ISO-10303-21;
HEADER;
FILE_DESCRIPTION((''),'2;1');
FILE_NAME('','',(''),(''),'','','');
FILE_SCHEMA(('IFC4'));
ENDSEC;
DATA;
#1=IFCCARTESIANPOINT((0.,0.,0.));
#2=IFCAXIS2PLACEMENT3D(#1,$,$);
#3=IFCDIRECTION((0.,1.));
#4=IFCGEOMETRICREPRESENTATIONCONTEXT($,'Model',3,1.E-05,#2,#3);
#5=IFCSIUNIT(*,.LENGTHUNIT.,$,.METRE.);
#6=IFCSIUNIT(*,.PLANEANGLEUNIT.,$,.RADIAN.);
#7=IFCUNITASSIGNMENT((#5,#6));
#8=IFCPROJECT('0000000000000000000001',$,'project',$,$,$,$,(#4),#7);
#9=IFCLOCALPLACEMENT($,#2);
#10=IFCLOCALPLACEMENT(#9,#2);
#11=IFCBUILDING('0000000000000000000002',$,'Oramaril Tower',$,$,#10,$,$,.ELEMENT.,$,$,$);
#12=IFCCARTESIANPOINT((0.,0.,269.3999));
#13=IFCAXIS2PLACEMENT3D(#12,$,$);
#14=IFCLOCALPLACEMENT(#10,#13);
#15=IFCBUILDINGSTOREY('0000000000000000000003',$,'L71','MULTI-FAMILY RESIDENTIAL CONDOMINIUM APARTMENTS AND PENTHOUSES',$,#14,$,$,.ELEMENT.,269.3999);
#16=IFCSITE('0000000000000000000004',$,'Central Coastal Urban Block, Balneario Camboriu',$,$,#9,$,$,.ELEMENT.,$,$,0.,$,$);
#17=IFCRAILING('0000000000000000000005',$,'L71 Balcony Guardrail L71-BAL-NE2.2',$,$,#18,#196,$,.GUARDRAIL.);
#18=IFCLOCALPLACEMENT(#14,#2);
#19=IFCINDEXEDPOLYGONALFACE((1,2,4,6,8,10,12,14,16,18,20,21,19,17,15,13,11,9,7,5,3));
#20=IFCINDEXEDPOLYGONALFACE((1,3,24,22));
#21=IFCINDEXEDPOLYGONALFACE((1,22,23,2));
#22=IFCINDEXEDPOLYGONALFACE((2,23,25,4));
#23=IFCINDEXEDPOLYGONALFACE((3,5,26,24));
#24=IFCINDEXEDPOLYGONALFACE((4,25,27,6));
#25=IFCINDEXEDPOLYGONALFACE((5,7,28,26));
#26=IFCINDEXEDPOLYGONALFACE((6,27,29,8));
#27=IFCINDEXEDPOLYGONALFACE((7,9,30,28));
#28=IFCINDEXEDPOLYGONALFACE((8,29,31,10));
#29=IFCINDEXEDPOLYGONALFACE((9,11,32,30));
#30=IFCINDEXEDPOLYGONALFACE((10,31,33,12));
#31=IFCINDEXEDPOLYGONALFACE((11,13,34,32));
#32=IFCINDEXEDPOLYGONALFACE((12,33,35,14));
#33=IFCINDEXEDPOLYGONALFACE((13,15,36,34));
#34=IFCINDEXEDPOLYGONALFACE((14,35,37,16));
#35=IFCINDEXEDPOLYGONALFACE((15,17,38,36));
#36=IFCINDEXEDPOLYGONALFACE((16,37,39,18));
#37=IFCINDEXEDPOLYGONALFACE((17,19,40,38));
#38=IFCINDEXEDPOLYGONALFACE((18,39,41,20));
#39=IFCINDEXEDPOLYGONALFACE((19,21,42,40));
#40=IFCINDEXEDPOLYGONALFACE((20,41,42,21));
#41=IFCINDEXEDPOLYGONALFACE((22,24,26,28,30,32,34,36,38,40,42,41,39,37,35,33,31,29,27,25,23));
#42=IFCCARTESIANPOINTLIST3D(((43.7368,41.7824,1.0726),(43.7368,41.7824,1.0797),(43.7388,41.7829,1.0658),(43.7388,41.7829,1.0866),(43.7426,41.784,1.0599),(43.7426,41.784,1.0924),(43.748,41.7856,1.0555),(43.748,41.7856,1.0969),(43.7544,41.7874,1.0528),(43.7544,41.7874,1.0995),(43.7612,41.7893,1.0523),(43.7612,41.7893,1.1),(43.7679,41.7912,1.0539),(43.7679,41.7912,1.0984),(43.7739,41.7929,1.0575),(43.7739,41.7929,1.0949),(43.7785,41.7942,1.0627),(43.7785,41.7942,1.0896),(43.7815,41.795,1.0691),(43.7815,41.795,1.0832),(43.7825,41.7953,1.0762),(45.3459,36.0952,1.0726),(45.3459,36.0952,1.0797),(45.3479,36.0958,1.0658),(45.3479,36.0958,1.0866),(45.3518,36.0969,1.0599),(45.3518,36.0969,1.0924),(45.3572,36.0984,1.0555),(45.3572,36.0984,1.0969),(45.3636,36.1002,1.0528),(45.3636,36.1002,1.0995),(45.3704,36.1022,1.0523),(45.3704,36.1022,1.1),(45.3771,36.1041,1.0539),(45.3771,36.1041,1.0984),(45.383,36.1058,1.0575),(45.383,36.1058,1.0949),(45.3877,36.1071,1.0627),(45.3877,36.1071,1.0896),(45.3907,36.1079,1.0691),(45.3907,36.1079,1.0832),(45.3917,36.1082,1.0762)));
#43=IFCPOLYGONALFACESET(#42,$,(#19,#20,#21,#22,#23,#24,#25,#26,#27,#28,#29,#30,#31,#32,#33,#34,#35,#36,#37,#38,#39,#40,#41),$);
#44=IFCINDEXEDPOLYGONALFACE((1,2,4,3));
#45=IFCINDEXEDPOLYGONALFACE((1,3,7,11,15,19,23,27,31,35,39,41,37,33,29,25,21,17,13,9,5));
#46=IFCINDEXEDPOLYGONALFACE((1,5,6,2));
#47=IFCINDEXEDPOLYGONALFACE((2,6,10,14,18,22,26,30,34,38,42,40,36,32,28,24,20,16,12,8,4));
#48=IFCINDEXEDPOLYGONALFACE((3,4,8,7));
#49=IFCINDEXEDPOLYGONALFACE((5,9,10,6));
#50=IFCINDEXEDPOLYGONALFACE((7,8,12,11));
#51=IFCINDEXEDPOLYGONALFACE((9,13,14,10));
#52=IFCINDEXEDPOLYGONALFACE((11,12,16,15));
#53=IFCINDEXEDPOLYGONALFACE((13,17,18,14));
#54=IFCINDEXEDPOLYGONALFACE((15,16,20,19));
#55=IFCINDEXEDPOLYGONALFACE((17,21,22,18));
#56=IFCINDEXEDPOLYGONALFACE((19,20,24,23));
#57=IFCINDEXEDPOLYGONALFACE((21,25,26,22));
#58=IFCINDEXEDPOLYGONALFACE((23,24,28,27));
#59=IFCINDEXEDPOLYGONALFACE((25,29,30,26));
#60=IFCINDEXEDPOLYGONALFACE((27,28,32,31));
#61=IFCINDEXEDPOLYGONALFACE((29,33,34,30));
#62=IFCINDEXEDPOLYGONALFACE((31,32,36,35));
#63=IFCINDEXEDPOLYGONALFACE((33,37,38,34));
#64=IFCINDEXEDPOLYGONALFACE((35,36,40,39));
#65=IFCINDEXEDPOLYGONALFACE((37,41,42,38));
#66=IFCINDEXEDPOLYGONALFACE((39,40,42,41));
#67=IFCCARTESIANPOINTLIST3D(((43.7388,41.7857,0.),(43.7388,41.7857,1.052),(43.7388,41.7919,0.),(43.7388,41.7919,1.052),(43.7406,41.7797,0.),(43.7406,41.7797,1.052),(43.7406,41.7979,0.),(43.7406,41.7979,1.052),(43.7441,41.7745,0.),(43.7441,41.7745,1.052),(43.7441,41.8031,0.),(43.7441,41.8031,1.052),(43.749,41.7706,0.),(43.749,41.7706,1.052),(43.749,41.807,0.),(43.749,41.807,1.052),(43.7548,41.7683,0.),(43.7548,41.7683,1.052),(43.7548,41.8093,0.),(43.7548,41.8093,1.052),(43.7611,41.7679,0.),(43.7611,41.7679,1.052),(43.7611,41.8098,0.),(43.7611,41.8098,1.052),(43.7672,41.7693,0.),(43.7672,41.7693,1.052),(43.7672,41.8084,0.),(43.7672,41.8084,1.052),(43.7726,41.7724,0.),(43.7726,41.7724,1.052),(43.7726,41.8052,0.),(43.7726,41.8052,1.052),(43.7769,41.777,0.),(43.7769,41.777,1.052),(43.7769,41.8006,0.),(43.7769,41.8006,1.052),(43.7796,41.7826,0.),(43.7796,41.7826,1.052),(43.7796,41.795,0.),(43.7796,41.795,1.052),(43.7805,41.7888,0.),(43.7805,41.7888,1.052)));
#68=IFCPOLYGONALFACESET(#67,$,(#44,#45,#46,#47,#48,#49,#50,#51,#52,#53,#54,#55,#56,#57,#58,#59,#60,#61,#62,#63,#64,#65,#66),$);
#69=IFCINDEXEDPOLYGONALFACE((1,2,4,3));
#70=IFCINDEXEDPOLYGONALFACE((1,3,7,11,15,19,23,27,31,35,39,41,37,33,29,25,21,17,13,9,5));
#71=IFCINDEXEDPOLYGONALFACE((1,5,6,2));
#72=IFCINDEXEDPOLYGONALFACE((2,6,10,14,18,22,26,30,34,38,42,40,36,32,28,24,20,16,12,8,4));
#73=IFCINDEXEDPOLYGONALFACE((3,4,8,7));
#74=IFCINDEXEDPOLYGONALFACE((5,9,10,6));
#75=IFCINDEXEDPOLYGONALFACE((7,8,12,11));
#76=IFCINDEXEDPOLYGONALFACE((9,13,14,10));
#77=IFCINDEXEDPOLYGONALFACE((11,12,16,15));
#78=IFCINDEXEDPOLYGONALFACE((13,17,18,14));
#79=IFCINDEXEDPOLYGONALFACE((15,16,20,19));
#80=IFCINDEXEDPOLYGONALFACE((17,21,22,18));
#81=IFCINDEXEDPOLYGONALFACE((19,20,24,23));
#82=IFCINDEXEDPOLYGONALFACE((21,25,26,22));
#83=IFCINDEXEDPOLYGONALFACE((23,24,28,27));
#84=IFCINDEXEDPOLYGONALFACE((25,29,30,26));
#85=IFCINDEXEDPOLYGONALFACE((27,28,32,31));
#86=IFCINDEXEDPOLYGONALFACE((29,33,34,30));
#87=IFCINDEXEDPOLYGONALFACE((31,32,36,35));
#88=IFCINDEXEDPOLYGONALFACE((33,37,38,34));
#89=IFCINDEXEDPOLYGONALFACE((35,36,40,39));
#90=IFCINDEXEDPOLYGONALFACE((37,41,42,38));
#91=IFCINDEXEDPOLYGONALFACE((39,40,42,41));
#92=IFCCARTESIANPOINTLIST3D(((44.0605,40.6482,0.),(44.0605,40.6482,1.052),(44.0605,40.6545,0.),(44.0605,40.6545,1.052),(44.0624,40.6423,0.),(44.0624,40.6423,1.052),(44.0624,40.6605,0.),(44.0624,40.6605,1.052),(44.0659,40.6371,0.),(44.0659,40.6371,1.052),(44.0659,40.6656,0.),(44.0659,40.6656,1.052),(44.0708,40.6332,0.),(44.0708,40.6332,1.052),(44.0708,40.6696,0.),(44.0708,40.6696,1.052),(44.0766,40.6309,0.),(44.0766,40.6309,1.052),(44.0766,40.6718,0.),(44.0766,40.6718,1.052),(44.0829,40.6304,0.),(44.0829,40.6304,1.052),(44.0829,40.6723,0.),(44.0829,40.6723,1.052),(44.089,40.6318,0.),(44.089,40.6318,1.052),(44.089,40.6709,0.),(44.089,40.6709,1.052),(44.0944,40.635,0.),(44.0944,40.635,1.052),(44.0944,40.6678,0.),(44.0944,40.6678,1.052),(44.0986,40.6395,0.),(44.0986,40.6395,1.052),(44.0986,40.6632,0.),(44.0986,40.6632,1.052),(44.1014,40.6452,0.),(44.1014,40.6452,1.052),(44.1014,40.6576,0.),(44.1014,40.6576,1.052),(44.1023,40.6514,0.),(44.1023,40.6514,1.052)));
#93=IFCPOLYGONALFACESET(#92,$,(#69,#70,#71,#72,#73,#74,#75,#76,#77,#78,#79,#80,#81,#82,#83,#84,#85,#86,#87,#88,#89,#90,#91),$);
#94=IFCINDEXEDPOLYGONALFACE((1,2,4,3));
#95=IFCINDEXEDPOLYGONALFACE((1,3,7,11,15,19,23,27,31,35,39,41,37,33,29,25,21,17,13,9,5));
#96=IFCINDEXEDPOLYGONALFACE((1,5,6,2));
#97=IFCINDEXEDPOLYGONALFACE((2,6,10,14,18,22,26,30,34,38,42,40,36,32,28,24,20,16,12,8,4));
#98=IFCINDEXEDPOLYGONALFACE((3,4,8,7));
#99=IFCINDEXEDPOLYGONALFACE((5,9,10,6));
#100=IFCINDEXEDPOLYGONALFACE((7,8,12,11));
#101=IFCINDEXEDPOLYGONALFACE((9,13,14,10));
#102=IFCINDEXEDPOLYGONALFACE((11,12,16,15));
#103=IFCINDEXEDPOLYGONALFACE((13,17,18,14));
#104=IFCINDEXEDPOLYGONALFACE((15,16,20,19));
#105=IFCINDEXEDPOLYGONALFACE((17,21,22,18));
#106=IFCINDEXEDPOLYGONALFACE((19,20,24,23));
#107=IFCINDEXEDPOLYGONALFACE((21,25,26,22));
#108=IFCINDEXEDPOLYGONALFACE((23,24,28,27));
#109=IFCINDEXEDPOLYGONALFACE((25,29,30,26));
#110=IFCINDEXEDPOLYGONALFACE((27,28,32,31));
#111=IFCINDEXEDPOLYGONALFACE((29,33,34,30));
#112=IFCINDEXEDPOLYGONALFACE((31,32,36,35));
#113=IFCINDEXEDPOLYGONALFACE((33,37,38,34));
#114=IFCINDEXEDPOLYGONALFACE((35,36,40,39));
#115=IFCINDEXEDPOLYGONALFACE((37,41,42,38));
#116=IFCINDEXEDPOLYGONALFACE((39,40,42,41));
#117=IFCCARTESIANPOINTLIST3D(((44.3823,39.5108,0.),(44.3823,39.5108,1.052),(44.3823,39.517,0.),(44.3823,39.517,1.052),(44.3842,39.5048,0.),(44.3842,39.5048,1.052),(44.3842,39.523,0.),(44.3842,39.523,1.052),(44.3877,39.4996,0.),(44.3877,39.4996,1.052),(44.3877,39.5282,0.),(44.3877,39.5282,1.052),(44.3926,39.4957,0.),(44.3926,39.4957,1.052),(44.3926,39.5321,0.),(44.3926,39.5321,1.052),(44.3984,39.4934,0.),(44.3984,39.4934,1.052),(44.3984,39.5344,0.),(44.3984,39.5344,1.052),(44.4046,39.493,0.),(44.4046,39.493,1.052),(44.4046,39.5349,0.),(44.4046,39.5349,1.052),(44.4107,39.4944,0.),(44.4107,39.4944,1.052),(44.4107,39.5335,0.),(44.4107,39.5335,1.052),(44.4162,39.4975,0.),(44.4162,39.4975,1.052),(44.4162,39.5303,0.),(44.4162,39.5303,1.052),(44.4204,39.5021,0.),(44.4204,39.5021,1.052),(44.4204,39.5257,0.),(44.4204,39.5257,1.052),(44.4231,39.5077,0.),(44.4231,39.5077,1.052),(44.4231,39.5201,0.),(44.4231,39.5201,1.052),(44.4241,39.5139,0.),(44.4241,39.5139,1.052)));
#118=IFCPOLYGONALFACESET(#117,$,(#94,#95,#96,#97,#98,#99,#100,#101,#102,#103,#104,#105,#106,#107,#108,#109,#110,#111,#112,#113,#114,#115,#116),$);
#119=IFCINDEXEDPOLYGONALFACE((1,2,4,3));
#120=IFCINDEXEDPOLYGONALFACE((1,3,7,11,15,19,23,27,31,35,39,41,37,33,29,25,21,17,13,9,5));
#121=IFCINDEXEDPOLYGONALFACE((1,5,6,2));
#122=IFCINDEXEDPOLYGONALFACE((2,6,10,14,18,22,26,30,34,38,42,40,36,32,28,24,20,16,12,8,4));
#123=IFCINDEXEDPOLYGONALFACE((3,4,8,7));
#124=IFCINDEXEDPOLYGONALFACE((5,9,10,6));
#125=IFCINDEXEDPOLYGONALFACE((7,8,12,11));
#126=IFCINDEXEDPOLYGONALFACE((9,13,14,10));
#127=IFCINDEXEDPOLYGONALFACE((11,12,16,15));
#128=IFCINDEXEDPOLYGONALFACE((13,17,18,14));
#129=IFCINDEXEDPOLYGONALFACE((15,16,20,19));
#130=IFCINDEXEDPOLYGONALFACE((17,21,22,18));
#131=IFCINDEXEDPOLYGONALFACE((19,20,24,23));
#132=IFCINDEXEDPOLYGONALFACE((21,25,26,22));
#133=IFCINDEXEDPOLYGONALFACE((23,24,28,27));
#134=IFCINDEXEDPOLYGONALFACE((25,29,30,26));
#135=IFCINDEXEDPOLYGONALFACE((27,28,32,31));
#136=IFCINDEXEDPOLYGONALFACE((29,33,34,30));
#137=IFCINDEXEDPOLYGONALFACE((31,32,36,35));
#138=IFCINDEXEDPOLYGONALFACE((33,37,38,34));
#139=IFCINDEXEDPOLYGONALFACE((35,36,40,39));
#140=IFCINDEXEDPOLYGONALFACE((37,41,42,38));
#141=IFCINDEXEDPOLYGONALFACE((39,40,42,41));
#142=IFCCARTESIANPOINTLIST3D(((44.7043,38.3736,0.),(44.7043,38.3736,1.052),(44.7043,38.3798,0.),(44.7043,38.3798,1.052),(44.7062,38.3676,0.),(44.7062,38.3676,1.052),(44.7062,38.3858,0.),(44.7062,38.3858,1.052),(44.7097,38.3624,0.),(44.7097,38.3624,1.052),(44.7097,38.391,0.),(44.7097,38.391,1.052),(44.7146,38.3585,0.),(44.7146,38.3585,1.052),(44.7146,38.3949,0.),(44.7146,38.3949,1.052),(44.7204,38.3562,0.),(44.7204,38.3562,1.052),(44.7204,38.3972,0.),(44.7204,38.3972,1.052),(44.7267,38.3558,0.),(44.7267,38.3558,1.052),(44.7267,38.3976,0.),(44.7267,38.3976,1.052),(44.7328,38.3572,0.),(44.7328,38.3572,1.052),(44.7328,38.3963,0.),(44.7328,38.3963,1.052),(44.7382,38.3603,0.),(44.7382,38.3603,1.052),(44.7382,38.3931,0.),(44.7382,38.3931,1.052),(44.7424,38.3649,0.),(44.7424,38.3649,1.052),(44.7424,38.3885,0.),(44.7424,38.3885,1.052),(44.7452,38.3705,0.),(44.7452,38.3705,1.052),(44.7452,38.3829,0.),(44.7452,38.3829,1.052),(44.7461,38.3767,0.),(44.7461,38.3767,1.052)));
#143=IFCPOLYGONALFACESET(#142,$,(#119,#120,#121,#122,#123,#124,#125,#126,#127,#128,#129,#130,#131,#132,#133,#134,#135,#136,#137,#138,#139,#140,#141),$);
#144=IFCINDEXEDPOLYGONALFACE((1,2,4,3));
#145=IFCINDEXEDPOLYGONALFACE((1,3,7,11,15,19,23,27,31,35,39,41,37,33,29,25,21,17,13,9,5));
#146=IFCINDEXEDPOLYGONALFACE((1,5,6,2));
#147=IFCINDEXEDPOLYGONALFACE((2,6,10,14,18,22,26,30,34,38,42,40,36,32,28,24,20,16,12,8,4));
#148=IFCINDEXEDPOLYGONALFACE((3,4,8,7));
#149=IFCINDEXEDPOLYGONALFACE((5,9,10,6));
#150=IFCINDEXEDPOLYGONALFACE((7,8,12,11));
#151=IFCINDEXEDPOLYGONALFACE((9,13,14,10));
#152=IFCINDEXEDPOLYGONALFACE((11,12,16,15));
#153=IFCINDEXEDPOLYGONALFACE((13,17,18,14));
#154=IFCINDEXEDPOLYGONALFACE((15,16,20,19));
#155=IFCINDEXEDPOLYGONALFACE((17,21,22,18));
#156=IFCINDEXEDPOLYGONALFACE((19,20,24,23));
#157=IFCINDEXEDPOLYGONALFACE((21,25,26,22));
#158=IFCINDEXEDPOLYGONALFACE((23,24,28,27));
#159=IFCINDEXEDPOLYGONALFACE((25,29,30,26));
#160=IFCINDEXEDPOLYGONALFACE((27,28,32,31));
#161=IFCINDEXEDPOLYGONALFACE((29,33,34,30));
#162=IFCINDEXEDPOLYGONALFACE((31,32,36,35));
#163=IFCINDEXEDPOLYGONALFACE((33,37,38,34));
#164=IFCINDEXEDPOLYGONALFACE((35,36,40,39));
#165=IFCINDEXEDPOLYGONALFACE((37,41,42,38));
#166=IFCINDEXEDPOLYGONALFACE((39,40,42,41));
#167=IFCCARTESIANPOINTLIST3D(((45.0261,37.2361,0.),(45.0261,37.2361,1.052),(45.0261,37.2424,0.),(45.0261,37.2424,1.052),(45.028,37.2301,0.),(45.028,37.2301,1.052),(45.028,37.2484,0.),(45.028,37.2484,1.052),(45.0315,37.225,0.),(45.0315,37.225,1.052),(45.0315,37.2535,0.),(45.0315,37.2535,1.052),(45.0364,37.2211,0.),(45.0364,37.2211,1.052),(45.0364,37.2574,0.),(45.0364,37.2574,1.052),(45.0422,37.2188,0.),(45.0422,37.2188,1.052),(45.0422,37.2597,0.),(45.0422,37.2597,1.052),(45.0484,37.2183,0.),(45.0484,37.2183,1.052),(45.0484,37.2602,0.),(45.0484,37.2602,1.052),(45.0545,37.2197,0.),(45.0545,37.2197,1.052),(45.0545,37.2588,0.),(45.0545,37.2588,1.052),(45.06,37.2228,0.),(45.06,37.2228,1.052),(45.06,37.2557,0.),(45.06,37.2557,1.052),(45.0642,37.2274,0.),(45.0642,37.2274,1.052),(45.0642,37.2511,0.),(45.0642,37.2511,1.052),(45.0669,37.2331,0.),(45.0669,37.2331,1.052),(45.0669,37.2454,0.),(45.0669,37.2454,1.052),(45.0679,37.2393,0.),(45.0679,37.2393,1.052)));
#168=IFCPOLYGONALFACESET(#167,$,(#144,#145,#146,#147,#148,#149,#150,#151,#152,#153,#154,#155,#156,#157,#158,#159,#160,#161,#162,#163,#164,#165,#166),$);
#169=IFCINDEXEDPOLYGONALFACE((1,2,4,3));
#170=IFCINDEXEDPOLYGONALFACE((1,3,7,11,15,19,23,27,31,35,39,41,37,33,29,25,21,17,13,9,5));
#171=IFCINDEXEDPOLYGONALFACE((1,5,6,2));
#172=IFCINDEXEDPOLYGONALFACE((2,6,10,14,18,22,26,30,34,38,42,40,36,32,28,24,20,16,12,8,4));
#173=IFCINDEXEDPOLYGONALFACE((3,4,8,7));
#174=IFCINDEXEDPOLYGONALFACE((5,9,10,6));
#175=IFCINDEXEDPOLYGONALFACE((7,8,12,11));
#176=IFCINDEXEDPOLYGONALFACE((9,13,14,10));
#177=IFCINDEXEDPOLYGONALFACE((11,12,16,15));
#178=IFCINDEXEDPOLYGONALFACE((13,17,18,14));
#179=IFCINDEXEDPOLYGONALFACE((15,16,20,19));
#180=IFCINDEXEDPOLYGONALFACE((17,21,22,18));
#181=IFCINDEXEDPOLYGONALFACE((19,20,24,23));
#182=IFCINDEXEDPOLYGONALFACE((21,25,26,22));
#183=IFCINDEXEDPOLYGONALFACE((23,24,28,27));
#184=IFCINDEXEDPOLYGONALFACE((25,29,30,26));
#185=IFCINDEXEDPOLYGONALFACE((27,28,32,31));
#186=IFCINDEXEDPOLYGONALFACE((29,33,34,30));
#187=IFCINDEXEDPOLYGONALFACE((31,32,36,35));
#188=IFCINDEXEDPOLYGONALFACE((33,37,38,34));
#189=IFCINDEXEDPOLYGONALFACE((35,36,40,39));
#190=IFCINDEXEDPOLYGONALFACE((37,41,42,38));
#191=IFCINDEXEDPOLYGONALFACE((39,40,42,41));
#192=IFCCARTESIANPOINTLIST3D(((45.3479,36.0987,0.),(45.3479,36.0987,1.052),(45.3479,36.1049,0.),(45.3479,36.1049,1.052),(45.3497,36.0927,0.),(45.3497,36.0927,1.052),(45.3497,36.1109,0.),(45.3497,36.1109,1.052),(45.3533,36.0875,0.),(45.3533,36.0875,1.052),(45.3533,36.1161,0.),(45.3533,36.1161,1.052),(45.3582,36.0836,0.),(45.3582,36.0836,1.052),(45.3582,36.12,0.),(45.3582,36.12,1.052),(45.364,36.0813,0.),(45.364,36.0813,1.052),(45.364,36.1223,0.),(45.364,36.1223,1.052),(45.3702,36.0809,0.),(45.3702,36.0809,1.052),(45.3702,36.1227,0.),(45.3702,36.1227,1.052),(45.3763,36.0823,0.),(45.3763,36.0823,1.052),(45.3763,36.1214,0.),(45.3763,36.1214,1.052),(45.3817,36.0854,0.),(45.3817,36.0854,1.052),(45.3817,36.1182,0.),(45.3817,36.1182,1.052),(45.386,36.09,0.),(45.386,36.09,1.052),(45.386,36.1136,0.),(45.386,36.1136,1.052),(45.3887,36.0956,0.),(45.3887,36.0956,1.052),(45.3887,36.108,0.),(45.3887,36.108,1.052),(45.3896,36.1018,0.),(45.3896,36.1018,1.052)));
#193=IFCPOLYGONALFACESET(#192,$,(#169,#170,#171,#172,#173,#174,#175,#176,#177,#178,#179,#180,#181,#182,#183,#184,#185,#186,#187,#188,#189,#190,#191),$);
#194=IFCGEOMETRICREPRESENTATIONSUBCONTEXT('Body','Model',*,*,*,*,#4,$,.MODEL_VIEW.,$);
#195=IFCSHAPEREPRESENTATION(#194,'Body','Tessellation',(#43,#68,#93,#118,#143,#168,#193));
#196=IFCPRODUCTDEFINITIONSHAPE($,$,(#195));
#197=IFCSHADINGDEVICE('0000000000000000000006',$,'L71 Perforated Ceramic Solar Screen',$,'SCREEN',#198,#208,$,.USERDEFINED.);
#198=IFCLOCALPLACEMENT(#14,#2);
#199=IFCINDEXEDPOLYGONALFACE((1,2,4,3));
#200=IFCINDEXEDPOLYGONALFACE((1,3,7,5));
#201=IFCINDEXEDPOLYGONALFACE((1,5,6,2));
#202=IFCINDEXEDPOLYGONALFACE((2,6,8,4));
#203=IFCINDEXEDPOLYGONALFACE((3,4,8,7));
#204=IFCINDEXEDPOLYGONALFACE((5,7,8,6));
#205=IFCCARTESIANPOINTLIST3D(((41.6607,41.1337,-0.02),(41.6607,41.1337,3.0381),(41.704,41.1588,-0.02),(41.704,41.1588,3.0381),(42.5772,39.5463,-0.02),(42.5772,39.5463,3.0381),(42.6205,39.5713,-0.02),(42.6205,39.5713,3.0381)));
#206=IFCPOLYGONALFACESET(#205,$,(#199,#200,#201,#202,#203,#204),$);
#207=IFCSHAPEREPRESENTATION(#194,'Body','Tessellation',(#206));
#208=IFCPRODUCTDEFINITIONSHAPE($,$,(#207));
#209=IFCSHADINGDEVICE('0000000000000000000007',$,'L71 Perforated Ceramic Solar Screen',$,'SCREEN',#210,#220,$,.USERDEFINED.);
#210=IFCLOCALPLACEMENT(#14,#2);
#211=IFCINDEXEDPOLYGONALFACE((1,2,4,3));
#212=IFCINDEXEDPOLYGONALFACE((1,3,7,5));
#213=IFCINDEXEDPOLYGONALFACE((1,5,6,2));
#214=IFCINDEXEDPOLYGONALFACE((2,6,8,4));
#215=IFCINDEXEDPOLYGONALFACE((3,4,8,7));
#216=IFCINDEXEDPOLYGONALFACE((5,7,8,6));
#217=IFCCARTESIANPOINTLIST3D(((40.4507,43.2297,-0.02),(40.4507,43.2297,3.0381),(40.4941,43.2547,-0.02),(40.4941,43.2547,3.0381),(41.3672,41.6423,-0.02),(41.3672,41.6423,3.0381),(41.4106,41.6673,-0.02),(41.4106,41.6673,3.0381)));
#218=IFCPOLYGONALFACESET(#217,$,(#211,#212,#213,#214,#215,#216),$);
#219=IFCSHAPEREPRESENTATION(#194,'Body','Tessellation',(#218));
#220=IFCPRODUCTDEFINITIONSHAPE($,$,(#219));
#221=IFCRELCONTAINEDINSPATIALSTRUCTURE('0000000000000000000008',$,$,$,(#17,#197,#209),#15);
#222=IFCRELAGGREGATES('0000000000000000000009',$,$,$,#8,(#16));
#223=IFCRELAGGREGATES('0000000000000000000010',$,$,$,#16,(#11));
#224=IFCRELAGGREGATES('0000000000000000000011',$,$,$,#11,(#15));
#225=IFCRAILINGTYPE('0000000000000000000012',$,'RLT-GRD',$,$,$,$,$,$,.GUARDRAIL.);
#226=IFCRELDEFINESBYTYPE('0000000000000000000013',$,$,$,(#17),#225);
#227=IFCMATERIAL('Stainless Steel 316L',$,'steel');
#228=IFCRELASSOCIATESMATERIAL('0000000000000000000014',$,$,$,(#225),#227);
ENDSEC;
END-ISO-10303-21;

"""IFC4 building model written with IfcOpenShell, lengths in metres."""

from ifc_helpers import new_model, si_unit, direction, frame, origin, origin_2d, place, context, subcontext, project, spatial, rectangle, circle, extrude, material, type_object, element, save


model = new_model("IFC4")

# Units and contexts
model_context = context("Model", 3, precision=1e-05, world=origin(), true_north=direction((0.0, 1.0)))
body_context = subcontext(model_context, "Body", "Model", "MODEL_VIEW")
ifc_project = project(units=[si_unit("LENGTHUNIT", "METRE"), si_unit("PLANEANGLEUNIT", "RADIAN")], contexts=[model_context])

# Site, building, storey
site_placement = place(None, origin())
site = spatial("IfcSite", under=ifc_project, at=site_placement, Name="Central Coastal Urban Block, Balneario Camboriu", CompositionType="ELEMENT", RefElevation=0.0)
building_placement = place(site_placement, origin())
building = spatial("IfcBuilding", under=site, at=building_placement, Name="Oramaril Tower", CompositionType="ELEMENT")
storey_placement = place(building_placement, frame((0.0, 0.0, 269.3999)))
storey = spatial("IfcBuildingStorey", under=building, at=storey_placement, Name="L71", Description="MULTI-FAMILY RESIDENTIAL CONDOMINIUM APARTMENTS AND PENTHOUSES", CompositionType="ELEMENT", Elevation=269.3999)

# Railing
ifc_material_1 = material(Name="Stainless Steel 316L", Category="steel")
railing_type = type_object("IfcRailingType", Name="RLT-GRD", PredefinedType="GUARDRAIL", material=ifc_material_1)
railing_1_placement = place(storey_placement, frame((43.7595, 41.7888, 0.0)))
element("IfcRailing", 1, at=railing_1_placement, inside=storey, type_object=railing_type, Name="L71 Balcony Guardrail L71-BAL-NE2.2", PredefinedType="GUARDRAIL", context=body_context, shape_type="SweptSolid", body=[
    extrude(circle(Radius=0.0239, at=origin_2d()), frame((0.0, 0.0, 1.0762), z_axis=(0.27226, -0.962224, 0.0), x_axis=(0.962224, 0.27226, 0.0)), (0.0, 0.0, 1.0), 5.9104),
    extrude(circle(Radius=0.021, at=origin_2d()), origin(), (0.0, 0.0, 1.0), 1.052),
    extrude(circle(Radius=0.021, at=origin_2d()), frame((0.3218, -1.1375, 0.0)), (0.0, 0.0, 1.0), 1.052),
    extrude(circle(Radius=0.021, at=origin_2d()), frame((0.6436, -2.2749, 0.0)), (0.0, 0.0, 1.0), 1.052),
    extrude(circle(Radius=0.021, at=origin_2d()), frame((0.9656, -3.4121, 0.0)), (0.0, 0.0, 1.0), 1.052),
    extrude(circle(Radius=0.021, at=origin_2d()), frame((1.2874, -4.5496, 0.0)), (0.0, 0.0, 1.0), 1.052),
    extrude(circle(Radius=0.021, at=origin_2d()), frame((1.6091, -5.687, 0.0)), (0.0, 0.0, 1.0), 1.052),
])

# Shading devices
for number, where, z_axis, x_axis, name in (
    (2, (42.1406, 40.3525, -0.02), (0.0, 0.0, 1.0), (-0.5, 0.866025, 0.0), "L71 Perforated Ceramic Solar Screen"),
    (3, (40.9307, 42.4485, -0.02), (0.0, 0.0, 1.0), (-0.5, 0.866025, 0.0), "L71 Perforated Ceramic Solar Screen"),
):
    element("IfcShadingDevice", number, at=place(storey_placement, frame(where, z_axis=z_axis, x_axis=x_axis)), inside=storey, Name=name, ObjectType="SCREEN", PredefinedType="USERDEFINED", context=body_context, shape_type="SweptSolid", body=[
        extrude(rectangle(XDim=1.833, YDim=0.05, at=origin_2d()), origin(), (0.0, 0.0, 1.0), 3.0581),
    ])

save(model, "model.ifc")
